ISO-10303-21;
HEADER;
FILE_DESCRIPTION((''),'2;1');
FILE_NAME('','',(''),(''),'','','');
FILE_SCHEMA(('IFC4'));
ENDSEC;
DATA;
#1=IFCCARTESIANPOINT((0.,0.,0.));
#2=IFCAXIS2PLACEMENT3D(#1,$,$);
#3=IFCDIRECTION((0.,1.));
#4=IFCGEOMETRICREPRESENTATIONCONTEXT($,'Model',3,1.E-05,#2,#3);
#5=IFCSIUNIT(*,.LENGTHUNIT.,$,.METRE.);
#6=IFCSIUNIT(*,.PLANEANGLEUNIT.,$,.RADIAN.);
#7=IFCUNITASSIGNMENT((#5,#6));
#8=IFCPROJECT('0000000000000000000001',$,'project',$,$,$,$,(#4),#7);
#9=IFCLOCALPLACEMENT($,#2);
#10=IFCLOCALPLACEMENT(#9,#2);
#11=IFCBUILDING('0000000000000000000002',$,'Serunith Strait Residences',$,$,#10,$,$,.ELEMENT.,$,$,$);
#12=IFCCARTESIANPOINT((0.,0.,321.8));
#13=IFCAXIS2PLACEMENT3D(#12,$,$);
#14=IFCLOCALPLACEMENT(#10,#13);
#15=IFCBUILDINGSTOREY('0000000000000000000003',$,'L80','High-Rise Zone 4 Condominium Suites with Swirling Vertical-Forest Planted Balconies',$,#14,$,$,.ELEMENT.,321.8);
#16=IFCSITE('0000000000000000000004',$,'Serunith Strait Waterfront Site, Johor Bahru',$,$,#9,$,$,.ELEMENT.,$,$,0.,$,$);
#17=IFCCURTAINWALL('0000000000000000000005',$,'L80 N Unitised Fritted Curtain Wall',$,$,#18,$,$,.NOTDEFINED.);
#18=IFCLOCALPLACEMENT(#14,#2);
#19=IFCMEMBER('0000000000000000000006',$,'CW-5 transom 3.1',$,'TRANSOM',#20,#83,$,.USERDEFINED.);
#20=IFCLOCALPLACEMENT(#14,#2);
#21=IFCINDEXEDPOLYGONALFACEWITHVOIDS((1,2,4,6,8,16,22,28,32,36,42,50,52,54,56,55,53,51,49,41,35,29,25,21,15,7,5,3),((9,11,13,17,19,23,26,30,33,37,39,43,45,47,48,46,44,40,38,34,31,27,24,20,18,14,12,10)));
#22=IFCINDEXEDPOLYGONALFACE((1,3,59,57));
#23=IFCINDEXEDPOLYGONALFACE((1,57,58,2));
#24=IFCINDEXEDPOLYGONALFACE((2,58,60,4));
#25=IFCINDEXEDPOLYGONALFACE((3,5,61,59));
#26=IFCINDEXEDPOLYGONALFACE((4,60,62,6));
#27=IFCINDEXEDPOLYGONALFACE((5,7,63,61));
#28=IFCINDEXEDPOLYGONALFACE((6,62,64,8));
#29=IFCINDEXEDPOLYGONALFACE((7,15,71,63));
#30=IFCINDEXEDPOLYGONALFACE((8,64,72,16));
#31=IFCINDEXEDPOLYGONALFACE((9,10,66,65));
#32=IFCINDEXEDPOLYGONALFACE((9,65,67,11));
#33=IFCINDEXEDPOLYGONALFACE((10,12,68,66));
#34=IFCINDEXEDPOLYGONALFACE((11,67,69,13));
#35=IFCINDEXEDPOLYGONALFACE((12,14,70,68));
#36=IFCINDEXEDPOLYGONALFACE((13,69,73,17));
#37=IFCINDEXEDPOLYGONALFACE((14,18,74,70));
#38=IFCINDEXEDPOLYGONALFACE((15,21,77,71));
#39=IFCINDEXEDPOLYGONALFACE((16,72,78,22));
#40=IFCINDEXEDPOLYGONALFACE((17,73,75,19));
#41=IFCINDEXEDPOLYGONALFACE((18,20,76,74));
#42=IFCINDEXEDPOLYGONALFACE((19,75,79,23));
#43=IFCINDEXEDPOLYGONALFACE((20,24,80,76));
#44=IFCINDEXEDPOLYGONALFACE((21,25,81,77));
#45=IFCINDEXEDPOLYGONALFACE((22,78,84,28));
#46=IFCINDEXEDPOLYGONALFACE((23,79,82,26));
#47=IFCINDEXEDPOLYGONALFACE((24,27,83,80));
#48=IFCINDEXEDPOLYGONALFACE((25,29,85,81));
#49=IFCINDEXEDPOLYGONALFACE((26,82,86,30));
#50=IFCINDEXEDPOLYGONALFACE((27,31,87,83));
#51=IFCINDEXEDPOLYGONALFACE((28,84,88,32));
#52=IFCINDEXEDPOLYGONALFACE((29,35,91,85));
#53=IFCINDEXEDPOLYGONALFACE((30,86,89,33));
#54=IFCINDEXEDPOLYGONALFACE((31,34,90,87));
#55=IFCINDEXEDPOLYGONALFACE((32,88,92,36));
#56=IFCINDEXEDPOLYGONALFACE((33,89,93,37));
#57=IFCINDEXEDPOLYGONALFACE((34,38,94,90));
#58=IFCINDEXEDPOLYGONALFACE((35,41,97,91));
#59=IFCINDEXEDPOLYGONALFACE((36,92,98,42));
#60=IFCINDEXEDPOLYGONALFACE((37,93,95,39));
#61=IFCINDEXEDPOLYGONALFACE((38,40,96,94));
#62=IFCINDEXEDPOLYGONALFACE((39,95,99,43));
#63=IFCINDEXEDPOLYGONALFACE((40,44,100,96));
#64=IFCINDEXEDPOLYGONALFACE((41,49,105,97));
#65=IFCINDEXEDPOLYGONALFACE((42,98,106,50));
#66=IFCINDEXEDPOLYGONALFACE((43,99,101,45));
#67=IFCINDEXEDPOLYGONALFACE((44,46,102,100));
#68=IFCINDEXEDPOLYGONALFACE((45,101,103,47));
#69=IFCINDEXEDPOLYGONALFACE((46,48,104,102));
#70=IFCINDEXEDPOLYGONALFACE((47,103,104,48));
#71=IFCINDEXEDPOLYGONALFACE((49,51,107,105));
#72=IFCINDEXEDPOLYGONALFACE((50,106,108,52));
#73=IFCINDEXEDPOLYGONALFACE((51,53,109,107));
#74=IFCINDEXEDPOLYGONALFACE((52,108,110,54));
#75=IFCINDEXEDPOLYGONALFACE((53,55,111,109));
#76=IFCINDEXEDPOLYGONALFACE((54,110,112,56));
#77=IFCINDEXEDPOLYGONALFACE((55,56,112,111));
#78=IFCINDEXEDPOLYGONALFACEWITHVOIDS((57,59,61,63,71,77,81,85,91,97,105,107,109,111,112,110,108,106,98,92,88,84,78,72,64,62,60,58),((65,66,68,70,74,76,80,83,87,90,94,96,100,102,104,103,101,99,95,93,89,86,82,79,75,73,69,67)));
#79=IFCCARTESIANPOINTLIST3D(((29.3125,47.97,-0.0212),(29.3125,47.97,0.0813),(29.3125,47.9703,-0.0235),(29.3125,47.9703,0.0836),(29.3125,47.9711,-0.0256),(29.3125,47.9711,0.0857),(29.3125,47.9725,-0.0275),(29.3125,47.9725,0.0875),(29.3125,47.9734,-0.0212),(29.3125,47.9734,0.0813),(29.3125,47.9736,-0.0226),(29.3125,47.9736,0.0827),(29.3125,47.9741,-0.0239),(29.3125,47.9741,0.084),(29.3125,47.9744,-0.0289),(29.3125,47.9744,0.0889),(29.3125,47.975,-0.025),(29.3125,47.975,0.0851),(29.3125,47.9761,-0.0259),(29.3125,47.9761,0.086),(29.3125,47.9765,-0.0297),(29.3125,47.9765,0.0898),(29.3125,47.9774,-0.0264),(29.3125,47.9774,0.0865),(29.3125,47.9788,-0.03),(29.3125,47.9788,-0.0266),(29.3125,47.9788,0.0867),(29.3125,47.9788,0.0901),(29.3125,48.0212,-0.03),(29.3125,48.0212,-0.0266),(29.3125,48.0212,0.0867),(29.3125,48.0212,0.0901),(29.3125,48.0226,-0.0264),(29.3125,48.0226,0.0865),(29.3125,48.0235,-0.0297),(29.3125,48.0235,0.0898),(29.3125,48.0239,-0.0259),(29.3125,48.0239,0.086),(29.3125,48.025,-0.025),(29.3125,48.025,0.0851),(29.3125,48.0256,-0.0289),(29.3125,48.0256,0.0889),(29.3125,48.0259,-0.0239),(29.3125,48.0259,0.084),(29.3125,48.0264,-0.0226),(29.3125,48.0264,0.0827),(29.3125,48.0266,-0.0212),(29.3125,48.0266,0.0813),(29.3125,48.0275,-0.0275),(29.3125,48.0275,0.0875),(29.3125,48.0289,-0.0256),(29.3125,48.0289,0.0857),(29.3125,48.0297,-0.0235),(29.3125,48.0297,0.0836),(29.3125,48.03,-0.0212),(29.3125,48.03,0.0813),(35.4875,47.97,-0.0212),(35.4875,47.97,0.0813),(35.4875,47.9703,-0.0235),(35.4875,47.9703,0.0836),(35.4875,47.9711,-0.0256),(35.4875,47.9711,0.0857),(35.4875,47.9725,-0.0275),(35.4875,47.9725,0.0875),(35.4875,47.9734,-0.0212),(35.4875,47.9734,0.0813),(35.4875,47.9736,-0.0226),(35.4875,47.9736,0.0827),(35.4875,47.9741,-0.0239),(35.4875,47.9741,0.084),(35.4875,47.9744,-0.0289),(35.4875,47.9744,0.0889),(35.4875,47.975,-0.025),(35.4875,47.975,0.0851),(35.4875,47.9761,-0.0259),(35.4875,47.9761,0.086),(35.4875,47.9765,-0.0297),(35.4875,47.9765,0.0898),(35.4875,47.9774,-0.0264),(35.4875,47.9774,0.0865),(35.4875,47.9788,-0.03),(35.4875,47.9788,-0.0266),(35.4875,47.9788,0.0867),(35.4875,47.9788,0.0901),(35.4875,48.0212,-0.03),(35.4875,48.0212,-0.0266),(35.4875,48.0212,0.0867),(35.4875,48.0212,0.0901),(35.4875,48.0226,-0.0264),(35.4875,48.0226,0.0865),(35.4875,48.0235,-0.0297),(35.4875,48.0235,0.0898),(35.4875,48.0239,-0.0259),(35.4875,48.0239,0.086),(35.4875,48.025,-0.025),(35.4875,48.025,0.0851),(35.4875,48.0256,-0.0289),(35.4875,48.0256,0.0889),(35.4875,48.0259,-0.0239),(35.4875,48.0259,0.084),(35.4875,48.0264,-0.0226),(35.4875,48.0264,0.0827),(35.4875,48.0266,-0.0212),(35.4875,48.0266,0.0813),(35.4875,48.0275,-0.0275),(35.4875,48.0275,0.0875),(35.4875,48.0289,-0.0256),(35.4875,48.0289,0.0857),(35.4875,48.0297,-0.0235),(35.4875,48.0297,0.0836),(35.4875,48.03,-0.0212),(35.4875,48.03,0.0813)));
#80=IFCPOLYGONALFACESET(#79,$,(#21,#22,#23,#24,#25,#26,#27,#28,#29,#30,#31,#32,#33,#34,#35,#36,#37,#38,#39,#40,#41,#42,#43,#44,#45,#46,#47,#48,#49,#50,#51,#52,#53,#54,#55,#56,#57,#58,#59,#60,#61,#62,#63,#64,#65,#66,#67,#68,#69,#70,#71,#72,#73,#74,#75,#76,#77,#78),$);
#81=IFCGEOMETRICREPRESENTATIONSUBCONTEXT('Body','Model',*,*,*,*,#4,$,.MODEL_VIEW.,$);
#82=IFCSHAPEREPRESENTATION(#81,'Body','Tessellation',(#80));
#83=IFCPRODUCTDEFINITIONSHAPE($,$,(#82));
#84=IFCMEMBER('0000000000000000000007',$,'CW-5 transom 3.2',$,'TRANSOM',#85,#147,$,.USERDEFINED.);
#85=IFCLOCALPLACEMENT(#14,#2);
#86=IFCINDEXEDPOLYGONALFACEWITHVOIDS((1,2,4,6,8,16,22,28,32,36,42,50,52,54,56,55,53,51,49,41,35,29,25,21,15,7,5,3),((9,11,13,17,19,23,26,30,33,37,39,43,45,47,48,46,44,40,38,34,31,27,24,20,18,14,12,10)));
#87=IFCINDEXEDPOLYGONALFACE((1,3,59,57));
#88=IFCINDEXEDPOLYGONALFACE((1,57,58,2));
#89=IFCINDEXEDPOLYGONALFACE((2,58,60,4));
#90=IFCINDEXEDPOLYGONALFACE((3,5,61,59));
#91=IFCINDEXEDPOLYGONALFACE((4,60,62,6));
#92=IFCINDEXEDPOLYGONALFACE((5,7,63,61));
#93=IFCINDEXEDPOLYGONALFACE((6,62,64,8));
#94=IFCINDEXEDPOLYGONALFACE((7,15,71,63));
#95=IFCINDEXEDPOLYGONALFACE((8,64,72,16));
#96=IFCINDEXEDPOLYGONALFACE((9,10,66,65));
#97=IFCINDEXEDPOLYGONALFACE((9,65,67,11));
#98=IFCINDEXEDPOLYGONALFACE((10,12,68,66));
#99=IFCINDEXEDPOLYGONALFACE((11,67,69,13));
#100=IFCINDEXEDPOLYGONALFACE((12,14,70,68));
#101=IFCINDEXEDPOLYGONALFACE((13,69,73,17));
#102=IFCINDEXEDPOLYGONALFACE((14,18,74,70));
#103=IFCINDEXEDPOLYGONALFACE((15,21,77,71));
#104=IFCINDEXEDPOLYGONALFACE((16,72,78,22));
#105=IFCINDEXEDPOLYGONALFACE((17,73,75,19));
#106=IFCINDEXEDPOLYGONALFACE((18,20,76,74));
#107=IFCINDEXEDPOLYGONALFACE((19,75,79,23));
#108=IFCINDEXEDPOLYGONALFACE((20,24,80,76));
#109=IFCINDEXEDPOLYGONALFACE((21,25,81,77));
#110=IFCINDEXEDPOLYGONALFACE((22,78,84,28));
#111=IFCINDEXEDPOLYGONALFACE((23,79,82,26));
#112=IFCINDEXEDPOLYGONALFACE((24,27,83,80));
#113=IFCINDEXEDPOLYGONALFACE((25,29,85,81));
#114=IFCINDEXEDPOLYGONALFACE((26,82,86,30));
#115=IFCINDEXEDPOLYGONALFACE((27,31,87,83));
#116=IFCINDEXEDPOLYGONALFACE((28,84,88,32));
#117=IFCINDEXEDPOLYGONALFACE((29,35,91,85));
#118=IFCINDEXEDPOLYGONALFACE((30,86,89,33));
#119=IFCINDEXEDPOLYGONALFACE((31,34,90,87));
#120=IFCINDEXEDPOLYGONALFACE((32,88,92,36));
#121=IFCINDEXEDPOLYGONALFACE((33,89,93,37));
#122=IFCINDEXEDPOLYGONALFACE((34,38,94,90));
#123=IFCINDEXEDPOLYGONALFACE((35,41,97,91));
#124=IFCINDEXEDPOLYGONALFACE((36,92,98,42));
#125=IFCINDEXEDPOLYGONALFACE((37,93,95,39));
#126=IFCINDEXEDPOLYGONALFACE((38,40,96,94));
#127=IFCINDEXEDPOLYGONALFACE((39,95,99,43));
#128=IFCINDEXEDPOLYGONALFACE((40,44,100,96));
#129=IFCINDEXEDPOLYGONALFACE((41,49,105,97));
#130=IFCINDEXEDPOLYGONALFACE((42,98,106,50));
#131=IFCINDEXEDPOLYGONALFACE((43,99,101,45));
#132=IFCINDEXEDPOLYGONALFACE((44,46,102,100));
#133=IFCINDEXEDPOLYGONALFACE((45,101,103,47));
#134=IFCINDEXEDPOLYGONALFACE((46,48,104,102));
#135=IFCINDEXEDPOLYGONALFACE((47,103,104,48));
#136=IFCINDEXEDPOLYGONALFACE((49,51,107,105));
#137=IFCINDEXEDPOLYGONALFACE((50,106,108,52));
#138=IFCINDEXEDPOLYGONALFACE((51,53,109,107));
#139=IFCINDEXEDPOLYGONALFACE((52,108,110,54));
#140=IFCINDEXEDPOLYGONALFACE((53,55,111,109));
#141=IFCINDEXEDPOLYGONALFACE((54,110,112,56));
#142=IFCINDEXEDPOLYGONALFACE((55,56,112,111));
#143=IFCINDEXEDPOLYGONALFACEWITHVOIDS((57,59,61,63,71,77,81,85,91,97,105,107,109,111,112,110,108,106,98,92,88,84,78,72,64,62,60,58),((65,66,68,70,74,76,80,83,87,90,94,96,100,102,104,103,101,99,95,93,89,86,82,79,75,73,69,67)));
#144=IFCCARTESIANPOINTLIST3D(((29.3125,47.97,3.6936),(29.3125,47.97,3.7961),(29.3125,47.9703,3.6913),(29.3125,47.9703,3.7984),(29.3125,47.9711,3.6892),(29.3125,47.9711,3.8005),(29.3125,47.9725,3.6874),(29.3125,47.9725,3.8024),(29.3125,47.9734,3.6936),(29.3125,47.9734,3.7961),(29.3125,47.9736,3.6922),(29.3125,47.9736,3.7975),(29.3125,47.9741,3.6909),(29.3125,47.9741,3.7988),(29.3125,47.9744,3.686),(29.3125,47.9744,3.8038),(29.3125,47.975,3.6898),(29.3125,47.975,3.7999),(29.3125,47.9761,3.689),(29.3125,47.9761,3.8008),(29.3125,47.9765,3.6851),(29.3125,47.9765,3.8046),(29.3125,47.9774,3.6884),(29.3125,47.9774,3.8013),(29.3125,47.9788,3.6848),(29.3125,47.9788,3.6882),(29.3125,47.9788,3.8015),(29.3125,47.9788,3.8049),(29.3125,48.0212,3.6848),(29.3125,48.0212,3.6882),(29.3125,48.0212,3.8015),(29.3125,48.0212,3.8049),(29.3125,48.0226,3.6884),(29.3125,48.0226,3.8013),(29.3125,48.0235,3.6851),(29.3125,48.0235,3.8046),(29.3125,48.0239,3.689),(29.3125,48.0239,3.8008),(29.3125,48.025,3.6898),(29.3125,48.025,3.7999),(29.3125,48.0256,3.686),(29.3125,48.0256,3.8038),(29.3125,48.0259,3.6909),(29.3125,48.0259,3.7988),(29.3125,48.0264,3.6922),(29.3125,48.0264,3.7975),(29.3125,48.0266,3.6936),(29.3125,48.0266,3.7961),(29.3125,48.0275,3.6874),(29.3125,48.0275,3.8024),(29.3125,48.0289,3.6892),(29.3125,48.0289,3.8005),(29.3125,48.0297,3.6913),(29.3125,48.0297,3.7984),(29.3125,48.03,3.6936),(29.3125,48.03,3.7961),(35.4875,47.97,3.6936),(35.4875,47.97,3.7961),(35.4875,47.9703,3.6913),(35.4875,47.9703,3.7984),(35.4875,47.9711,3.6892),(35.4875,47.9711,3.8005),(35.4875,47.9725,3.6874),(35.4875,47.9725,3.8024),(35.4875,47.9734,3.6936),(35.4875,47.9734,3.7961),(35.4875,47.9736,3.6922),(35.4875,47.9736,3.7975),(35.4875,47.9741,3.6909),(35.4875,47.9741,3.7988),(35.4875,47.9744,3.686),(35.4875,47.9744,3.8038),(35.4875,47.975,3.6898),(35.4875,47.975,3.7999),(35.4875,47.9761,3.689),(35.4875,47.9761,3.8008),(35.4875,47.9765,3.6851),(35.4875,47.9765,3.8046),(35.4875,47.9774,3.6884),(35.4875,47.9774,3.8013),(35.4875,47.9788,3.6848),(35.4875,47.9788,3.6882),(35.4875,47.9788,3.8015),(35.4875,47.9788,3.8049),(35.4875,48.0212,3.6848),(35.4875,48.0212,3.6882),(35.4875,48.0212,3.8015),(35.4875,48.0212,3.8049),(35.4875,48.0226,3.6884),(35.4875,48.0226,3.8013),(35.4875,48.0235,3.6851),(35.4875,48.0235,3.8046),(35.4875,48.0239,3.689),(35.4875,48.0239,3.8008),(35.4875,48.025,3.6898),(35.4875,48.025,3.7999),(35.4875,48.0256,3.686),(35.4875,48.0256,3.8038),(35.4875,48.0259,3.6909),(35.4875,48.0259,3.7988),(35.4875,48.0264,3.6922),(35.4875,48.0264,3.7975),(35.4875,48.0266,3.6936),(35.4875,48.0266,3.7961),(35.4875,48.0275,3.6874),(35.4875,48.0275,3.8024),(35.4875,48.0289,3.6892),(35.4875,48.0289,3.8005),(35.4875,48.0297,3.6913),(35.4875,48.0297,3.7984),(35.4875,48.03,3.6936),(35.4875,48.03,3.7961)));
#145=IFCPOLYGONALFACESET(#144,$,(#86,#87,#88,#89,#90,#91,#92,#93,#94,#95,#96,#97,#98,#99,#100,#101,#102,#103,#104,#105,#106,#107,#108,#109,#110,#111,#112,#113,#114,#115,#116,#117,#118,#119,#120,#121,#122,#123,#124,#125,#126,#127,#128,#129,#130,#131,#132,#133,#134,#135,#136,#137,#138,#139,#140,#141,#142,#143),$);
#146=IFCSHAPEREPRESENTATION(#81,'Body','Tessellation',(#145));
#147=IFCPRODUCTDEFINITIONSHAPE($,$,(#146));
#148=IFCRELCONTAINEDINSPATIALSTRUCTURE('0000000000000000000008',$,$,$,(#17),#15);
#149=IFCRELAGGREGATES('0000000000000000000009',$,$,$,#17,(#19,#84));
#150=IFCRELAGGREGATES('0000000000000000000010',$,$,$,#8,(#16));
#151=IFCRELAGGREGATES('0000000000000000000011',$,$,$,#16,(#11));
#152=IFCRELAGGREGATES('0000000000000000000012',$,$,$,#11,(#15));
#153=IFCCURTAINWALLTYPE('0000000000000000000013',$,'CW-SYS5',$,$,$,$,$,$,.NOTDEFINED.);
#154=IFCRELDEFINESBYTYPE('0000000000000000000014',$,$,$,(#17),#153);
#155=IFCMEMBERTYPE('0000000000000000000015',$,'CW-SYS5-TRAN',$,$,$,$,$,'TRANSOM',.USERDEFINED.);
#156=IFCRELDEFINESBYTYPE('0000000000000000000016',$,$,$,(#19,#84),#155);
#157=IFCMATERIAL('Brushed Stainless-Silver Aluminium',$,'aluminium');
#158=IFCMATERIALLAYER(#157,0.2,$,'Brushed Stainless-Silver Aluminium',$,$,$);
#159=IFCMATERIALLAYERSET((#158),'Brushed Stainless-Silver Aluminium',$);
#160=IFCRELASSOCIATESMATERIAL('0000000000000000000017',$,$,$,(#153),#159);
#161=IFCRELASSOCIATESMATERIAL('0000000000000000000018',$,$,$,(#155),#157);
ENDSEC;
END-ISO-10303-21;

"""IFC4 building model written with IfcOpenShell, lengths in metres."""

from ifc_helpers import new_model, si_unit, direction, frame, origin, origin_2d, place, context, subcontext, project, spatial, hollow_rectangle, extrude, source, transform, mapped, material, layer, layer_set, material_profile, profile_set, type_object, element, aggregate, save


model = new_model("IFC4")

# Units and contexts
model_context = context("Model", 3, precision=1e-05, world=origin(), true_north=direction((0.0, 1.0)))
body_context = subcontext(model_context, "Body", "Model", "MODEL_VIEW")
ifc_project = project(units=[si_unit("LENGTHUNIT", "METRE"), si_unit("PLANEANGLEUNIT", "RADIAN")], contexts=[model_context])

# Site, building, storey
site_placement = place(None, origin())
site = spatial("IfcSite", under=ifc_project, at=site_placement, Name="Serunith Strait Waterfront Site, Johor Bahru", CompositionType="ELEMENT", RefElevation=0.0)
building_placement = place(site_placement, origin())
building = spatial("IfcBuilding", under=site, at=building_placement, Name="Serunith Strait Residences", CompositionType="ELEMENT")
storey_placement = place(building_placement, frame((0.0, 0.0, 321.8)))
storey = spatial("IfcBuildingStorey", under=building, at=storey_placement, Name="L80", Description="High-Rise Zone 4 Condominium Suites with Swirling Vertical-Forest Planted Balconies", CompositionType="ELEMENT", Elevation=321.8)

# Curtain wall, members
ifc_material_1 = material(Name="Brushed Stainless-Silver Aluminium", Category="aluminium")
ifc_layer_1 = layer(ifc_material_1, 0.2, Name="Brushed Stainless-Silver Aluminium")
ifc_layer_set_1 = layer_set([ifc_layer_1], Name="Brushed Stainless-Silver Aluminium")
curtain_wall_type = type_object("IfcCurtainWallType", Name="CW-SYS5", PredefinedType="NOTDEFINED", material=ifc_layer_set_1)
curtain_wall_placement = place(storey_placement, origin())
curtain_wall = element("IfcCurtainWall", 1, at=curtain_wall_placement, inside=storey, type_object=curtain_wall_type, Name="L80 N Unitised Fritted Curtain Wall", PredefinedType="NOTDEFINED")
ifc_material_profile_1 = material_profile(ifc_material_1, hollow_rectangle(XDim=0.0601, YDim=0.1201, WallThickness=0.0034, InnerFilletRadius=0.0054, OuterFilletRadius=0.0088, at=origin_2d()), Name="ALU 120x60x3.5")
ifc_profile_set_1 = profile_set([ifc_material_profile_1], Name="Brushed Stainless-Silver Aluminium")
member_type_1 = type_object("IfcMemberType", Name="CW-SYS5-TRAN", ElementType="TRANSOM", PredefinedType="USERDEFINED", material=ifc_profile_set_1)
shared_shape_1 = source(origin(), body_context, "Body", "SweptSolid", [
    extrude(hollow_rectangle(XDim=0.0601, YDim=0.1201, WallThickness=0.0034, InnerFilletRadius=0.0054, OuterFilletRadius=0.0088, at=origin_2d()), origin(), (0.0, 0.0, 1.0), 6.175),
])
member_1_placement = place(storey_placement, frame((35.4875, 48.0, 0.03), z_axis=(-1.0, 0.0, 0.0), x_axis=(0.0, -1.0, 0.0)))
member_1 = element("IfcMember", 2, at=member_1_placement, type_object=member_type_1, Name="CW-5 transom 3.1", ObjectType="TRANSOM", PredefinedType="USERDEFINED", context=body_context, shape_type="MappedRepresentation", body=[
    mapped(shared_shape_1, transform((0.0, 0.0, 0.0), scale=1.0)),
])
member_2_placement = place(storey_placement, frame((35.4875, 48.0, 3.7449), z_axis=(-1.0, 0.0, 0.0), x_axis=(0.0, -1.0, 0.0)))
member_2 = element("IfcMember", 3, at=member_2_placement, type_object=member_type_1, Name="CW-5 transom 3.2", ObjectType="TRANSOM", PredefinedType="USERDEFINED", context=body_context, shape_type="MappedRepresentation", body=[
    mapped(shared_shape_1, transform((0.0, 0.0, 0.0), scale=1.0)),
])
aggregate(curtain_wall, [member_1, member_2])

save(model, "model.ifc")
